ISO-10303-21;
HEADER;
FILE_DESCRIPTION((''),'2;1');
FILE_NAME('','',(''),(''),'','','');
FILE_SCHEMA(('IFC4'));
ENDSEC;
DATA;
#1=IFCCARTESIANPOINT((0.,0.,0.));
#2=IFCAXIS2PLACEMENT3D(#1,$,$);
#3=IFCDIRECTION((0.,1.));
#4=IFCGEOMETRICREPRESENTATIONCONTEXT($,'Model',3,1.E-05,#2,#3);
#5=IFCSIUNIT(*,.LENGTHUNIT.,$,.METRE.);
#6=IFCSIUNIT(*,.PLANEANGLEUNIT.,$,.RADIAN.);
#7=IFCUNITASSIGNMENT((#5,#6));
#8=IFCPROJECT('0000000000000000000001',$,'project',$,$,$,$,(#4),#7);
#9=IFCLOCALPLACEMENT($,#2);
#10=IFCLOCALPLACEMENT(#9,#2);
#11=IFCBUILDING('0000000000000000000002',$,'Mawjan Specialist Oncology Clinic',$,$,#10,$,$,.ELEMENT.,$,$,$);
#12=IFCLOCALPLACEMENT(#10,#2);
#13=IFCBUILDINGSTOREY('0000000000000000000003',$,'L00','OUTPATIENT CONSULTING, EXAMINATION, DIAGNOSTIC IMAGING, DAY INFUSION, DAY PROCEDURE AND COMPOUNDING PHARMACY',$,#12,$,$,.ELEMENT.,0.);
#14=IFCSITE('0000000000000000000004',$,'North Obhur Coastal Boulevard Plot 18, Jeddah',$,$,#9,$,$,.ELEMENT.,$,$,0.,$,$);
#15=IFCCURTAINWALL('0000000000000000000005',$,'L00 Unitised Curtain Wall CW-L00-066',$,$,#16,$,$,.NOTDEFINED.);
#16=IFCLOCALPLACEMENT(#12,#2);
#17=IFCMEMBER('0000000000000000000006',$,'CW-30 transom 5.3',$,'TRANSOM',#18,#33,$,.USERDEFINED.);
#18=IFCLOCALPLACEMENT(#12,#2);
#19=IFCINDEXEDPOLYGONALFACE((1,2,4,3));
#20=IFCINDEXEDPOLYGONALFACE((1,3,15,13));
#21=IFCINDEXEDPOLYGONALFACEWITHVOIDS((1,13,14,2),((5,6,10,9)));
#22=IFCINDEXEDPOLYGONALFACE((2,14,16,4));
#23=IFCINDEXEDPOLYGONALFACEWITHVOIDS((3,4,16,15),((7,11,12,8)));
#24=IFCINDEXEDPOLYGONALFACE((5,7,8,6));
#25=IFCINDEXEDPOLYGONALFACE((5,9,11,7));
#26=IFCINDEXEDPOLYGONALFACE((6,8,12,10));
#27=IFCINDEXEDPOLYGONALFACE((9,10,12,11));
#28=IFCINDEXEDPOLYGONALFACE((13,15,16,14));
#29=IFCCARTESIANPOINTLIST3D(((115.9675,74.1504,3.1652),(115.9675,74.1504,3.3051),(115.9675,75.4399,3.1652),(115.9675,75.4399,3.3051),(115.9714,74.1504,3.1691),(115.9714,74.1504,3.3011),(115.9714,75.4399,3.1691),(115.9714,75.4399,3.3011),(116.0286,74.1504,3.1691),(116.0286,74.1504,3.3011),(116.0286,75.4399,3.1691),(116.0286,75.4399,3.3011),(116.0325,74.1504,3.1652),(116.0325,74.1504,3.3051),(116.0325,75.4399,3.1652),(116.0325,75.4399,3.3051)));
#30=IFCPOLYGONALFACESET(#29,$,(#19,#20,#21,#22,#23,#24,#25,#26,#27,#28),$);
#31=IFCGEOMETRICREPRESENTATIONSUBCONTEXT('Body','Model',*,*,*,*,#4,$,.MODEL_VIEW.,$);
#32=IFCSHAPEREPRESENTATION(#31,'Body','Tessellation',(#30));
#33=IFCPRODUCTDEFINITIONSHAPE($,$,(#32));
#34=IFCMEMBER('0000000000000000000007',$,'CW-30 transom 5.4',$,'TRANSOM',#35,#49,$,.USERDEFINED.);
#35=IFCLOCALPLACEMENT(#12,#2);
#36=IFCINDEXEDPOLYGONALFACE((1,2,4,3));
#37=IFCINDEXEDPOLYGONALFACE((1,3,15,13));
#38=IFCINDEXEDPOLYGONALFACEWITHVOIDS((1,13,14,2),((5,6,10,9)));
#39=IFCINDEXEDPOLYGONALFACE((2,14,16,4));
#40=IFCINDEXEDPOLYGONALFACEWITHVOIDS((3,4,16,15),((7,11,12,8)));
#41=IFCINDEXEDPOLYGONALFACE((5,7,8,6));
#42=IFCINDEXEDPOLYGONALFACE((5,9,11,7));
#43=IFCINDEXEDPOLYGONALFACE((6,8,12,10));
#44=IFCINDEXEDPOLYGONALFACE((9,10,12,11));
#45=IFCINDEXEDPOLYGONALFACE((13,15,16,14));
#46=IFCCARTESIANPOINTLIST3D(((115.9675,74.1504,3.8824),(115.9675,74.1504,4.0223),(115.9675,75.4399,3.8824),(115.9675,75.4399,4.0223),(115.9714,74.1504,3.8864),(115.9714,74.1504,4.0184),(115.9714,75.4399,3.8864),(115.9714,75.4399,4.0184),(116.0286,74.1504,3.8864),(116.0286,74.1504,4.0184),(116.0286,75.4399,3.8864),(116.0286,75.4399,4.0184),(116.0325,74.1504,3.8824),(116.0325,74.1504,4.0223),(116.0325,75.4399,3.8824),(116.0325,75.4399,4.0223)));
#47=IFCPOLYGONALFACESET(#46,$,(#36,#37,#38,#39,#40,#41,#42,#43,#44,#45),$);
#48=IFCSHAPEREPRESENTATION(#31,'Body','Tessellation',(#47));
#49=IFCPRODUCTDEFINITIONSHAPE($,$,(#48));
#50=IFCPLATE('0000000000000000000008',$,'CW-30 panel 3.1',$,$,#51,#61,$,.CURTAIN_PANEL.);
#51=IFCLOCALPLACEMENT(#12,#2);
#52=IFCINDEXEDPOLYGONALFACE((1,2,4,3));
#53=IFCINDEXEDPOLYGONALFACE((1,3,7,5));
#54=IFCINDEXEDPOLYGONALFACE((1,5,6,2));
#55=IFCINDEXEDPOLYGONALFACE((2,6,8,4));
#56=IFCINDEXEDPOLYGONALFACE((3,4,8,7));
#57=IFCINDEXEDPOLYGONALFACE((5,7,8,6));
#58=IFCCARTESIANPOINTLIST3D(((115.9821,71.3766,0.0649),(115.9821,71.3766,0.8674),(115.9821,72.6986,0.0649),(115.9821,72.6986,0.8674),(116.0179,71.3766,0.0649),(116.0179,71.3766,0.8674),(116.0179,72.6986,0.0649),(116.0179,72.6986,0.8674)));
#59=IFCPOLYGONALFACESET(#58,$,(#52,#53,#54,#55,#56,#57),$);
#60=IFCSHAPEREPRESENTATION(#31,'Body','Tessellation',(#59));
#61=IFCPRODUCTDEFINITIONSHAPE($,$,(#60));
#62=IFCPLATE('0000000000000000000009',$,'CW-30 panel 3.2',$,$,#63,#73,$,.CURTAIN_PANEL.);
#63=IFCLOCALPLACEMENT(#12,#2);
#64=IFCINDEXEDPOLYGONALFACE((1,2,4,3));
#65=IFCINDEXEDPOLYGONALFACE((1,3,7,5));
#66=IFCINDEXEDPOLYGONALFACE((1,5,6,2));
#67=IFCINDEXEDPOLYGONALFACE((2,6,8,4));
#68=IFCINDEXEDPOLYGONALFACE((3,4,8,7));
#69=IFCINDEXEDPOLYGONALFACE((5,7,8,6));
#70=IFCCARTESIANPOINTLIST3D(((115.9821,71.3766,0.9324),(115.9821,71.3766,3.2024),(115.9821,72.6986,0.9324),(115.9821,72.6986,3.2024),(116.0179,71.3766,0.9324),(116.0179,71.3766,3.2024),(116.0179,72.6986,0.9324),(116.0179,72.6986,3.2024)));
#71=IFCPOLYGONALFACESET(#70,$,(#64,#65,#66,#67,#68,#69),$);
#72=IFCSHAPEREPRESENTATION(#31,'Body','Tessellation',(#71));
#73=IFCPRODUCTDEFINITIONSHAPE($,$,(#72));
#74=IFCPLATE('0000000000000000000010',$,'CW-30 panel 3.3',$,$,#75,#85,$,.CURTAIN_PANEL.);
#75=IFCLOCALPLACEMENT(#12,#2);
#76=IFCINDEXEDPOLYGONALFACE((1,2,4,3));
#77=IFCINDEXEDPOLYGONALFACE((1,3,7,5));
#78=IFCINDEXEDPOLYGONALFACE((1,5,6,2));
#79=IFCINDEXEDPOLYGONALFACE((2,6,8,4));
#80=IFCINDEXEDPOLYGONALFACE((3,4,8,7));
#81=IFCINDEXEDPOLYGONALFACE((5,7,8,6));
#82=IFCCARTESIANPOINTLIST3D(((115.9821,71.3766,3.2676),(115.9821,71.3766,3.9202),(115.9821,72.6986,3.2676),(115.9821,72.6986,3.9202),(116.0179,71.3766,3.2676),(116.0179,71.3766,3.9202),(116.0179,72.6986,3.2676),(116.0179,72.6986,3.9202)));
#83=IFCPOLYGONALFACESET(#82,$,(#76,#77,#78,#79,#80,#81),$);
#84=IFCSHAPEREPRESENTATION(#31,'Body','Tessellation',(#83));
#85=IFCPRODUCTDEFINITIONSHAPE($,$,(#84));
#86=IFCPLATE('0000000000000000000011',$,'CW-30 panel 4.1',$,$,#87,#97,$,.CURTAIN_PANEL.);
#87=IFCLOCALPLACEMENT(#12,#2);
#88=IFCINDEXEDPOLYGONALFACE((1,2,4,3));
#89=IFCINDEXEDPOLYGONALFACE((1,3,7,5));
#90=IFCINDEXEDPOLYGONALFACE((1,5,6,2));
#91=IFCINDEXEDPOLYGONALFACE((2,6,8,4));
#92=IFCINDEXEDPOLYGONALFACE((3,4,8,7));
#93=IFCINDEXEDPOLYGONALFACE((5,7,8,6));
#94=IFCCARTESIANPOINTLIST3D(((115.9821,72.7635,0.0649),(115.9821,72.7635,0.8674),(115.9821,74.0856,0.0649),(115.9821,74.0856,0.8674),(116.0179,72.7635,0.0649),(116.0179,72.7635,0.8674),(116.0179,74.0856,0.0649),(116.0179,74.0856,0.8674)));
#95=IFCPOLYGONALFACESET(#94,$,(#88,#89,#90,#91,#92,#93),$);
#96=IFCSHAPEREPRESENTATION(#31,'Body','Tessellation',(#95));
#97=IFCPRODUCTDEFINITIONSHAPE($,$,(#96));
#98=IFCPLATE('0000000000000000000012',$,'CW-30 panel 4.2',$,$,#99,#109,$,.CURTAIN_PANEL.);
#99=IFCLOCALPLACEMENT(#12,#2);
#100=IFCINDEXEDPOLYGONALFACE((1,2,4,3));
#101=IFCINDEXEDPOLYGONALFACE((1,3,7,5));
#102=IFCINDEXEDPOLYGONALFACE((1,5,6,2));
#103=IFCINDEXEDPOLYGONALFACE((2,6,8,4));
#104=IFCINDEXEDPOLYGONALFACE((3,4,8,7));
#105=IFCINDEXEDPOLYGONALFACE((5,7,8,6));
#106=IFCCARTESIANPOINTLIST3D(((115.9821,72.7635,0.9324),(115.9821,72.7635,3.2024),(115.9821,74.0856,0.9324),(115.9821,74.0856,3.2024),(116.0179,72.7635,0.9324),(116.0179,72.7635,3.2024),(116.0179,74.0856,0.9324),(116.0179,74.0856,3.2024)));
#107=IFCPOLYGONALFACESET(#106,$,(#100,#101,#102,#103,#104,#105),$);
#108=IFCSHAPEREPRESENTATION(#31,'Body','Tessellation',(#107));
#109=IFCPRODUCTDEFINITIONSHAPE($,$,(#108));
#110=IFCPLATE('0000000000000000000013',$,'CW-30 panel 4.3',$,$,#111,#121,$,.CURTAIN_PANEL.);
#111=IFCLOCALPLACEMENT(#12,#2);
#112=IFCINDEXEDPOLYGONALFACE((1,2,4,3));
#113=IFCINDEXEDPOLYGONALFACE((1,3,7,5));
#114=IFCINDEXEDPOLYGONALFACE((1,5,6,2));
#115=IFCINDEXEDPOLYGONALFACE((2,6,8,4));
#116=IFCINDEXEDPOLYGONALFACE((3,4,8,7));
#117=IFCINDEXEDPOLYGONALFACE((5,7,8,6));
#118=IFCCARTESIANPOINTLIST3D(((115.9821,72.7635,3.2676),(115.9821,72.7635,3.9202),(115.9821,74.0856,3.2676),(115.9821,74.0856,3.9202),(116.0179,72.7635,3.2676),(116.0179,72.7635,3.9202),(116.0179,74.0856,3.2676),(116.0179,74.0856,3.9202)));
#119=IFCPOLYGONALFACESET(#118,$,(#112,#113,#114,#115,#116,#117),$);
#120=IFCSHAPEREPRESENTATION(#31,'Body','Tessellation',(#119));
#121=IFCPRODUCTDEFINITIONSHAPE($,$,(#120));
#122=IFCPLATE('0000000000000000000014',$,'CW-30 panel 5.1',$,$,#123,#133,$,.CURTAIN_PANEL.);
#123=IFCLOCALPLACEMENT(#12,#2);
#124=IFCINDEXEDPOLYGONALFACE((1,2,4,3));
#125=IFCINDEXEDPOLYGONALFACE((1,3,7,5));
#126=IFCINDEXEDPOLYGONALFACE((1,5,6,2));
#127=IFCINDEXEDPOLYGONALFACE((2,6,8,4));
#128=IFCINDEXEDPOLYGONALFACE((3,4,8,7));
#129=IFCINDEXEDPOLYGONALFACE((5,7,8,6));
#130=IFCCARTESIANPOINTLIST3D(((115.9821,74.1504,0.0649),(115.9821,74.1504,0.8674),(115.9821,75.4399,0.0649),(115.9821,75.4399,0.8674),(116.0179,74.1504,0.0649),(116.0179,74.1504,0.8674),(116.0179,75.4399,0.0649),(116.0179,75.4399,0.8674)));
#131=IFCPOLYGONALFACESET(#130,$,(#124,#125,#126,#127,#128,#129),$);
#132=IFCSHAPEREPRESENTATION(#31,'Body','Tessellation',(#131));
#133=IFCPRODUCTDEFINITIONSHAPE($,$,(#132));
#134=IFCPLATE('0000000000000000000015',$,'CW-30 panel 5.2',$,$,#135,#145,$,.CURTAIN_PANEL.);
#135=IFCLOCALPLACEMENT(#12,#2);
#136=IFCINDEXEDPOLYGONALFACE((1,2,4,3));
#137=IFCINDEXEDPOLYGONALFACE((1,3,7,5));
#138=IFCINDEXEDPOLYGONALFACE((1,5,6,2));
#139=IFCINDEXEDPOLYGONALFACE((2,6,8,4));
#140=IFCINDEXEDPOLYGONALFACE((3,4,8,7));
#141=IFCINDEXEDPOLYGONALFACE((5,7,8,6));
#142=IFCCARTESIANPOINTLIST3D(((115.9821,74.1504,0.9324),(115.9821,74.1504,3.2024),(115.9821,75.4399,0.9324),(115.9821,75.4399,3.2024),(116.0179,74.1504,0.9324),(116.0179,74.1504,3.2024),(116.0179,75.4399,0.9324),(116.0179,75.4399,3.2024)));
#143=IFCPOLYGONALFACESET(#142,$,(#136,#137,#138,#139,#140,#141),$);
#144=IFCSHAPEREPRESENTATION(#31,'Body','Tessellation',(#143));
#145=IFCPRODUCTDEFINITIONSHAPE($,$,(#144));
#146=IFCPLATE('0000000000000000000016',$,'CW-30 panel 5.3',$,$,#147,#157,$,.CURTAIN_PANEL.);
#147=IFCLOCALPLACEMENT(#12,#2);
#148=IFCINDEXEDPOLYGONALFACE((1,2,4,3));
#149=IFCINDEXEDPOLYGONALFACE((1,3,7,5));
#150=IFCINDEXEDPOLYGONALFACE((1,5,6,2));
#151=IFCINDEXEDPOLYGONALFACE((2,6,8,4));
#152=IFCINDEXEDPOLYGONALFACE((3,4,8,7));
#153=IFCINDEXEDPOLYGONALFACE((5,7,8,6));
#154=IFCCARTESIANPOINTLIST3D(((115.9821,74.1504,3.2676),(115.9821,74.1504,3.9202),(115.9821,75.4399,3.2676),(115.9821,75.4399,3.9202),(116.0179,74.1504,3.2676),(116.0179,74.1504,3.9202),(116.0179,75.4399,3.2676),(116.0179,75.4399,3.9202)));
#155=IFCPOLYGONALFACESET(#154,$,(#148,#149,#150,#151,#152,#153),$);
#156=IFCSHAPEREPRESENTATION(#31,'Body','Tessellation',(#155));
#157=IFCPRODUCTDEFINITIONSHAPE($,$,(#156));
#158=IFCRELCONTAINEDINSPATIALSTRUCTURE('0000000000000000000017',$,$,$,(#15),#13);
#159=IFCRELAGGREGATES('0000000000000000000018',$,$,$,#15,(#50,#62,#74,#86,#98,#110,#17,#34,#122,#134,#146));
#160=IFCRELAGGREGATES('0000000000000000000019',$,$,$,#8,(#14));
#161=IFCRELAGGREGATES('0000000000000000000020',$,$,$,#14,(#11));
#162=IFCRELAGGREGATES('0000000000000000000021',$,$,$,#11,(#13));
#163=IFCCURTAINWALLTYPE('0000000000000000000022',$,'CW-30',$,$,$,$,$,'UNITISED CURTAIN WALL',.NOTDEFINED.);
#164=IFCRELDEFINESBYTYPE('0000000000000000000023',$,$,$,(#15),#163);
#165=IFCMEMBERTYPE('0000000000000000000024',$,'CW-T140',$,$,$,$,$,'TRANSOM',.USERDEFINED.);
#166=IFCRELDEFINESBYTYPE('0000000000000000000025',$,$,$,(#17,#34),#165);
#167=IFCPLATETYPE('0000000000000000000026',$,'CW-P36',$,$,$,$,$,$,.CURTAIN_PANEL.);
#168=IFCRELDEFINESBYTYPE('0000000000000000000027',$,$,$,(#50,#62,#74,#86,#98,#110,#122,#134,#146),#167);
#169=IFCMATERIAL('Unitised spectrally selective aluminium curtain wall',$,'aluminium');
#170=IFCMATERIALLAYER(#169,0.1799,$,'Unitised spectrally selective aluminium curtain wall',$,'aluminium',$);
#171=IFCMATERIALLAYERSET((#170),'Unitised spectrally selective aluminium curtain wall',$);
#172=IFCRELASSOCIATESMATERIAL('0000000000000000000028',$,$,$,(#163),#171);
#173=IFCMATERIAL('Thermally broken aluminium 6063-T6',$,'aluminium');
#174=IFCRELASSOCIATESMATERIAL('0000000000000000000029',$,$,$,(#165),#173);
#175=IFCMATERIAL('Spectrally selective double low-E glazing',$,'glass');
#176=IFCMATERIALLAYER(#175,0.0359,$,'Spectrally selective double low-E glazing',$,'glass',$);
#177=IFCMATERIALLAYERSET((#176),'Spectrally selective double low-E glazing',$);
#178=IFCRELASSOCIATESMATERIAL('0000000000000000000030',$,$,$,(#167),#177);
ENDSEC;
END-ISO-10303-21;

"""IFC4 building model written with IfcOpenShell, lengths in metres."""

from ifc_helpers import new_model, si_unit, direction, frame, origin, origin_2d, place, context, subcontext, project, spatial, rectangle, hollow_rectangle, extrude, material, layer, layer_set, material_profile, profile_set, type_object, element, aggregate, save


model = new_model("IFC4")

# Units and contexts
model_context = context("Model", 3, precision=1e-05, world=origin(), true_north=direction((0.0, 1.0)))
body_context = subcontext(model_context, "Body", "Model", "MODEL_VIEW")
ifc_project = project(units=[si_unit("LENGTHUNIT", "METRE"), si_unit("PLANEANGLEUNIT", "RADIAN")], contexts=[model_context])

# Site, building, storey
site_placement = place(None, origin())
site = spatial("IfcSite", under=ifc_project, at=site_placement, Name="North Obhur Coastal Boulevard Plot 18, Jeddah", CompositionType="ELEMENT", RefElevation=0.0)
building_placement = place(site_placement, origin())
building = spatial("IfcBuilding", under=site, at=building_placement, Name="Mawjan Specialist Oncology Clinic", CompositionType="ELEMENT")
storey_placement = place(building_placement, origin())
storey = spatial("IfcBuildingStorey", under=building, at=storey_placement, Name="L00", Description="OUTPATIENT CONSULTING, EXAMINATION, DIAGNOSTIC IMAGING, DAY INFUSION, DAY PROCEDURE AND COMPOUNDING PHARMACY", CompositionType="ELEMENT", Elevation=0.0)

# Curtain wall, members, plates
ifc_material_1 = material(Name="Unitised spectrally selective aluminium curtain wall", Category="aluminium")
ifc_layer_1 = layer(ifc_material_1, 0.1799, Name="Unitised spectrally selective aluminium curtain wall", Category="aluminium")
ifc_layer_set_1 = layer_set([ifc_layer_1], Name="Unitised spectrally selective aluminium curtain wall")
curtain_wall_type = type_object("IfcCurtainWallType", Name="CW-30", ElementType="UNITISED CURTAIN WALL", PredefinedType="NOTDEFINED", material=ifc_layer_set_1)
curtain_wall_placement = place(storey_placement, origin())
curtain_wall = element("IfcCurtainWall", 1, at=curtain_wall_placement, inside=storey, type_object=curtain_wall_type, Name="L00 Unitised Curtain Wall CW-L00-066", PredefinedType="NOTDEFINED")
ifc_material_2 = material(Name="Thermally broken aluminium 6063-T6", Category="aluminium")
ifc_material_profile_1 = material_profile(ifc_material_2, hollow_rectangle(XDim=0.0649, YDim=0.1399, WallThickness=0.0039, at=origin_2d()), Name="ALU TRANSOM 140x65x4", Category="aluminium")
ifc_profile_set_1 = profile_set([ifc_material_profile_1], Name="Thermally broken aluminium 6063-T6")
member_type_1 = type_object("IfcMemberType", Name="CW-T140", ElementType="TRANSOM", PredefinedType="USERDEFINED", material=ifc_profile_set_1)
member_1_placement = place(storey_placement, frame((116.0, 74.1504, 3.2351), z_axis=(0.0, 1.0, 0.0), x_axis=(-1.0, 0.0, 0.0)))
member_1 = element("IfcMember", 2, at=member_1_placement, type_object=member_type_1, Name="CW-30 transom 5.3", ObjectType="TRANSOM", PredefinedType="USERDEFINED", context=body_context, shape_type="SweptSolid", body=[
    extrude(hollow_rectangle(XDim=0.0649, YDim=0.1399, WallThickness=0.0039, at=origin_2d()), origin(), (0.0, 0.0, 1.0), 1.2896),
])
member_2_placement = place(storey_placement, frame((116.0, 74.1504, 3.9524), z_axis=(0.0, 1.0, 0.0), x_axis=(-1.0, 0.0, 0.0)))
member_2 = element("IfcMember", 3, at=member_2_placement, type_object=member_type_1, Name="CW-30 transom 5.4", ObjectType="TRANSOM", PredefinedType="USERDEFINED", context=body_context, shape_type="SweptSolid", body=[
    extrude(hollow_rectangle(XDim=0.0649, YDim=0.1399, WallThickness=0.0039, at=origin_2d()), origin(), (0.0, 0.0, 1.0), 1.2896),
])
ifc_material_3 = material(Name="Spectrally selective double low-E glazing", Category="glass")
ifc_layer_2 = layer(ifc_material_3, 0.0359, Name="Spectrally selective double low-E glazing", Category="glass")
ifc_layer_set_2 = layer_set([ifc_layer_2], Name="Spectrally selective double low-E glazing")
plate_type = type_object("IfcPlateType", Name="CW-P36", PredefinedType="CURTAIN_PANEL", material=ifc_layer_set_2)
plate_1_placement = place(storey_placement, frame((116.0, 72.0376, 0.0649), z_axis=(0.0, 0.0, 1.0), x_axis=(0.0, 1.0, 0.0)))
plate_1 = element("IfcPlate", 4, at=plate_1_placement, type_object=plate_type, Name="CW-30 panel 3.1", PredefinedType="CURTAIN_PANEL", context=body_context, shape_type="SweptSolid", body=[
    extrude(rectangle(XDim=1.322, YDim=0.0359, at=origin_2d()), origin(), (0.0, 0.0, 1.0), 0.8025),
])
plate_2_placement = place(storey_placement, frame((116.0, 72.0376, 0.9324), z_axis=(0.0, 0.0, 1.0), x_axis=(0.0, 1.0, 0.0)))
plate_2 = element("IfcPlate", 5, at=plate_2_placement, type_object=plate_type, Name="CW-30 panel 3.2", PredefinedType="CURTAIN_PANEL", context=body_context, shape_type="SweptSolid", body=[
    extrude(rectangle(XDim=1.322, YDim=0.0359, at=origin_2d()), origin(), (0.0, 0.0, 1.0), 2.27),
])
plate_3_placement = place(storey_placement, frame((116.0, 72.0376, 3.2676), z_axis=(0.0, 0.0, 1.0), x_axis=(0.0, 1.0, 0.0)))
plate_3 = element("IfcPlate", 6, at=plate_3_placement, type_object=plate_type, Name="CW-30 panel 3.3", PredefinedType="CURTAIN_PANEL", context=body_context, shape_type="SweptSolid", body=[
    extrude(rectangle(XDim=1.322, YDim=0.0359, at=origin_2d()), origin(), (0.0, 0.0, 1.0), 0.6526),
])
plate_4_placement = place(storey_placement, frame((116.0, 73.4246, 0.0649), z_axis=(0.0, 0.0, 1.0), x_axis=(0.0, 1.0, 0.0)))
plate_4 = element("IfcPlate", 7, at=plate_4_placement, type_object=plate_type, Name="CW-30 panel 4.1", PredefinedType="CURTAIN_PANEL", context=body_context, shape_type="SweptSolid", body=[
    extrude(rectangle(XDim=1.322, YDim=0.0359, at=origin_2d()), origin(), (0.0, 0.0, 1.0), 0.8025),
])
plate_5_placement = place(storey_placement, frame((116.0, 73.4246, 0.9324), z_axis=(0.0, 0.0, 1.0), x_axis=(0.0, 1.0, 0.0)))
plate_5 = element("IfcPlate", 8, at=plate_5_placement, type_object=plate_type, Name="CW-30 panel 4.2", PredefinedType="CURTAIN_PANEL", context=body_context, shape_type="SweptSolid", body=[
    extrude(rectangle(XDim=1.322, YDim=0.0359, at=origin_2d()), origin(), (0.0, 0.0, 1.0), 2.27),
])
plate_6_placement = place(storey_placement, frame((116.0, 73.4246, 3.2676), z_axis=(0.0, 0.0, 1.0), x_axis=(0.0, 1.0, 0.0)))
plate_6 = element("IfcPlate", 9, at=plate_6_placement, type_object=plate_type, Name="CW-30 panel 4.3", PredefinedType="CURTAIN_PANEL", context=body_context, shape_type="SweptSolid", body=[
    extrude(rectangle(XDim=1.322, YDim=0.0359, at=origin_2d()), origin(), (0.0, 0.0, 1.0), 0.6526),
])
plate_7_placement = place(storey_placement, frame((116.0, 74.7952, 0.0649), z_axis=(0.0, 0.0, 1.0), x_axis=(0.0, 1.0, 0.0)))
plate_7 = element("IfcPlate", 10, at=plate_7_placement, type_object=plate_type, Name="CW-30 panel 5.1", PredefinedType="CURTAIN_PANEL", context=body_context, shape_type="SweptSolid", body=[
    extrude(rectangle(XDim=1.2896, YDim=0.0359, at=origin_2d()), origin(), (0.0, 0.0, 1.0), 0.8025),
])
plate_8_placement = place(storey_placement, frame((116.0, 74.7952, 0.9324), z_axis=(0.0, 0.0, 1.0), x_axis=(0.0, 1.0, 0.0)))
plate_8 = element("IfcPlate", 11, at=plate_8_placement, type_object=plate_type, Name="CW-30 panel 5.2", PredefinedType="CURTAIN_PANEL", context=body_context, shape_type="SweptSolid", body=[
    extrude(rectangle(XDim=1.2896, YDim=0.0359, at=origin_2d()), origin(), (0.0, 0.0, 1.0), 2.27),
])
plate_9_placement = place(storey_placement, frame((116.0, 74.7952, 3.2676), z_axis=(0.0, 0.0, 1.0), x_axis=(0.0, 1.0, 0.0)))
plate_9 = element("IfcPlate", 12, at=plate_9_placement, type_object=plate_type, Name="CW-30 panel 5.3", PredefinedType="CURTAIN_PANEL", context=body_context, shape_type="SweptSolid", body=[
    extrude(rectangle(XDim=1.2896, YDim=0.0359, at=origin_2d()), origin(), (0.0, 0.0, 1.0), 0.6526),
])
aggregate(curtain_wall, [plate_1, plate_2, plate_3, plate_4, plate_5, plate_6, member_1, member_2, plate_7, plate_8, plate_9])

save(model, "model.ifc")
